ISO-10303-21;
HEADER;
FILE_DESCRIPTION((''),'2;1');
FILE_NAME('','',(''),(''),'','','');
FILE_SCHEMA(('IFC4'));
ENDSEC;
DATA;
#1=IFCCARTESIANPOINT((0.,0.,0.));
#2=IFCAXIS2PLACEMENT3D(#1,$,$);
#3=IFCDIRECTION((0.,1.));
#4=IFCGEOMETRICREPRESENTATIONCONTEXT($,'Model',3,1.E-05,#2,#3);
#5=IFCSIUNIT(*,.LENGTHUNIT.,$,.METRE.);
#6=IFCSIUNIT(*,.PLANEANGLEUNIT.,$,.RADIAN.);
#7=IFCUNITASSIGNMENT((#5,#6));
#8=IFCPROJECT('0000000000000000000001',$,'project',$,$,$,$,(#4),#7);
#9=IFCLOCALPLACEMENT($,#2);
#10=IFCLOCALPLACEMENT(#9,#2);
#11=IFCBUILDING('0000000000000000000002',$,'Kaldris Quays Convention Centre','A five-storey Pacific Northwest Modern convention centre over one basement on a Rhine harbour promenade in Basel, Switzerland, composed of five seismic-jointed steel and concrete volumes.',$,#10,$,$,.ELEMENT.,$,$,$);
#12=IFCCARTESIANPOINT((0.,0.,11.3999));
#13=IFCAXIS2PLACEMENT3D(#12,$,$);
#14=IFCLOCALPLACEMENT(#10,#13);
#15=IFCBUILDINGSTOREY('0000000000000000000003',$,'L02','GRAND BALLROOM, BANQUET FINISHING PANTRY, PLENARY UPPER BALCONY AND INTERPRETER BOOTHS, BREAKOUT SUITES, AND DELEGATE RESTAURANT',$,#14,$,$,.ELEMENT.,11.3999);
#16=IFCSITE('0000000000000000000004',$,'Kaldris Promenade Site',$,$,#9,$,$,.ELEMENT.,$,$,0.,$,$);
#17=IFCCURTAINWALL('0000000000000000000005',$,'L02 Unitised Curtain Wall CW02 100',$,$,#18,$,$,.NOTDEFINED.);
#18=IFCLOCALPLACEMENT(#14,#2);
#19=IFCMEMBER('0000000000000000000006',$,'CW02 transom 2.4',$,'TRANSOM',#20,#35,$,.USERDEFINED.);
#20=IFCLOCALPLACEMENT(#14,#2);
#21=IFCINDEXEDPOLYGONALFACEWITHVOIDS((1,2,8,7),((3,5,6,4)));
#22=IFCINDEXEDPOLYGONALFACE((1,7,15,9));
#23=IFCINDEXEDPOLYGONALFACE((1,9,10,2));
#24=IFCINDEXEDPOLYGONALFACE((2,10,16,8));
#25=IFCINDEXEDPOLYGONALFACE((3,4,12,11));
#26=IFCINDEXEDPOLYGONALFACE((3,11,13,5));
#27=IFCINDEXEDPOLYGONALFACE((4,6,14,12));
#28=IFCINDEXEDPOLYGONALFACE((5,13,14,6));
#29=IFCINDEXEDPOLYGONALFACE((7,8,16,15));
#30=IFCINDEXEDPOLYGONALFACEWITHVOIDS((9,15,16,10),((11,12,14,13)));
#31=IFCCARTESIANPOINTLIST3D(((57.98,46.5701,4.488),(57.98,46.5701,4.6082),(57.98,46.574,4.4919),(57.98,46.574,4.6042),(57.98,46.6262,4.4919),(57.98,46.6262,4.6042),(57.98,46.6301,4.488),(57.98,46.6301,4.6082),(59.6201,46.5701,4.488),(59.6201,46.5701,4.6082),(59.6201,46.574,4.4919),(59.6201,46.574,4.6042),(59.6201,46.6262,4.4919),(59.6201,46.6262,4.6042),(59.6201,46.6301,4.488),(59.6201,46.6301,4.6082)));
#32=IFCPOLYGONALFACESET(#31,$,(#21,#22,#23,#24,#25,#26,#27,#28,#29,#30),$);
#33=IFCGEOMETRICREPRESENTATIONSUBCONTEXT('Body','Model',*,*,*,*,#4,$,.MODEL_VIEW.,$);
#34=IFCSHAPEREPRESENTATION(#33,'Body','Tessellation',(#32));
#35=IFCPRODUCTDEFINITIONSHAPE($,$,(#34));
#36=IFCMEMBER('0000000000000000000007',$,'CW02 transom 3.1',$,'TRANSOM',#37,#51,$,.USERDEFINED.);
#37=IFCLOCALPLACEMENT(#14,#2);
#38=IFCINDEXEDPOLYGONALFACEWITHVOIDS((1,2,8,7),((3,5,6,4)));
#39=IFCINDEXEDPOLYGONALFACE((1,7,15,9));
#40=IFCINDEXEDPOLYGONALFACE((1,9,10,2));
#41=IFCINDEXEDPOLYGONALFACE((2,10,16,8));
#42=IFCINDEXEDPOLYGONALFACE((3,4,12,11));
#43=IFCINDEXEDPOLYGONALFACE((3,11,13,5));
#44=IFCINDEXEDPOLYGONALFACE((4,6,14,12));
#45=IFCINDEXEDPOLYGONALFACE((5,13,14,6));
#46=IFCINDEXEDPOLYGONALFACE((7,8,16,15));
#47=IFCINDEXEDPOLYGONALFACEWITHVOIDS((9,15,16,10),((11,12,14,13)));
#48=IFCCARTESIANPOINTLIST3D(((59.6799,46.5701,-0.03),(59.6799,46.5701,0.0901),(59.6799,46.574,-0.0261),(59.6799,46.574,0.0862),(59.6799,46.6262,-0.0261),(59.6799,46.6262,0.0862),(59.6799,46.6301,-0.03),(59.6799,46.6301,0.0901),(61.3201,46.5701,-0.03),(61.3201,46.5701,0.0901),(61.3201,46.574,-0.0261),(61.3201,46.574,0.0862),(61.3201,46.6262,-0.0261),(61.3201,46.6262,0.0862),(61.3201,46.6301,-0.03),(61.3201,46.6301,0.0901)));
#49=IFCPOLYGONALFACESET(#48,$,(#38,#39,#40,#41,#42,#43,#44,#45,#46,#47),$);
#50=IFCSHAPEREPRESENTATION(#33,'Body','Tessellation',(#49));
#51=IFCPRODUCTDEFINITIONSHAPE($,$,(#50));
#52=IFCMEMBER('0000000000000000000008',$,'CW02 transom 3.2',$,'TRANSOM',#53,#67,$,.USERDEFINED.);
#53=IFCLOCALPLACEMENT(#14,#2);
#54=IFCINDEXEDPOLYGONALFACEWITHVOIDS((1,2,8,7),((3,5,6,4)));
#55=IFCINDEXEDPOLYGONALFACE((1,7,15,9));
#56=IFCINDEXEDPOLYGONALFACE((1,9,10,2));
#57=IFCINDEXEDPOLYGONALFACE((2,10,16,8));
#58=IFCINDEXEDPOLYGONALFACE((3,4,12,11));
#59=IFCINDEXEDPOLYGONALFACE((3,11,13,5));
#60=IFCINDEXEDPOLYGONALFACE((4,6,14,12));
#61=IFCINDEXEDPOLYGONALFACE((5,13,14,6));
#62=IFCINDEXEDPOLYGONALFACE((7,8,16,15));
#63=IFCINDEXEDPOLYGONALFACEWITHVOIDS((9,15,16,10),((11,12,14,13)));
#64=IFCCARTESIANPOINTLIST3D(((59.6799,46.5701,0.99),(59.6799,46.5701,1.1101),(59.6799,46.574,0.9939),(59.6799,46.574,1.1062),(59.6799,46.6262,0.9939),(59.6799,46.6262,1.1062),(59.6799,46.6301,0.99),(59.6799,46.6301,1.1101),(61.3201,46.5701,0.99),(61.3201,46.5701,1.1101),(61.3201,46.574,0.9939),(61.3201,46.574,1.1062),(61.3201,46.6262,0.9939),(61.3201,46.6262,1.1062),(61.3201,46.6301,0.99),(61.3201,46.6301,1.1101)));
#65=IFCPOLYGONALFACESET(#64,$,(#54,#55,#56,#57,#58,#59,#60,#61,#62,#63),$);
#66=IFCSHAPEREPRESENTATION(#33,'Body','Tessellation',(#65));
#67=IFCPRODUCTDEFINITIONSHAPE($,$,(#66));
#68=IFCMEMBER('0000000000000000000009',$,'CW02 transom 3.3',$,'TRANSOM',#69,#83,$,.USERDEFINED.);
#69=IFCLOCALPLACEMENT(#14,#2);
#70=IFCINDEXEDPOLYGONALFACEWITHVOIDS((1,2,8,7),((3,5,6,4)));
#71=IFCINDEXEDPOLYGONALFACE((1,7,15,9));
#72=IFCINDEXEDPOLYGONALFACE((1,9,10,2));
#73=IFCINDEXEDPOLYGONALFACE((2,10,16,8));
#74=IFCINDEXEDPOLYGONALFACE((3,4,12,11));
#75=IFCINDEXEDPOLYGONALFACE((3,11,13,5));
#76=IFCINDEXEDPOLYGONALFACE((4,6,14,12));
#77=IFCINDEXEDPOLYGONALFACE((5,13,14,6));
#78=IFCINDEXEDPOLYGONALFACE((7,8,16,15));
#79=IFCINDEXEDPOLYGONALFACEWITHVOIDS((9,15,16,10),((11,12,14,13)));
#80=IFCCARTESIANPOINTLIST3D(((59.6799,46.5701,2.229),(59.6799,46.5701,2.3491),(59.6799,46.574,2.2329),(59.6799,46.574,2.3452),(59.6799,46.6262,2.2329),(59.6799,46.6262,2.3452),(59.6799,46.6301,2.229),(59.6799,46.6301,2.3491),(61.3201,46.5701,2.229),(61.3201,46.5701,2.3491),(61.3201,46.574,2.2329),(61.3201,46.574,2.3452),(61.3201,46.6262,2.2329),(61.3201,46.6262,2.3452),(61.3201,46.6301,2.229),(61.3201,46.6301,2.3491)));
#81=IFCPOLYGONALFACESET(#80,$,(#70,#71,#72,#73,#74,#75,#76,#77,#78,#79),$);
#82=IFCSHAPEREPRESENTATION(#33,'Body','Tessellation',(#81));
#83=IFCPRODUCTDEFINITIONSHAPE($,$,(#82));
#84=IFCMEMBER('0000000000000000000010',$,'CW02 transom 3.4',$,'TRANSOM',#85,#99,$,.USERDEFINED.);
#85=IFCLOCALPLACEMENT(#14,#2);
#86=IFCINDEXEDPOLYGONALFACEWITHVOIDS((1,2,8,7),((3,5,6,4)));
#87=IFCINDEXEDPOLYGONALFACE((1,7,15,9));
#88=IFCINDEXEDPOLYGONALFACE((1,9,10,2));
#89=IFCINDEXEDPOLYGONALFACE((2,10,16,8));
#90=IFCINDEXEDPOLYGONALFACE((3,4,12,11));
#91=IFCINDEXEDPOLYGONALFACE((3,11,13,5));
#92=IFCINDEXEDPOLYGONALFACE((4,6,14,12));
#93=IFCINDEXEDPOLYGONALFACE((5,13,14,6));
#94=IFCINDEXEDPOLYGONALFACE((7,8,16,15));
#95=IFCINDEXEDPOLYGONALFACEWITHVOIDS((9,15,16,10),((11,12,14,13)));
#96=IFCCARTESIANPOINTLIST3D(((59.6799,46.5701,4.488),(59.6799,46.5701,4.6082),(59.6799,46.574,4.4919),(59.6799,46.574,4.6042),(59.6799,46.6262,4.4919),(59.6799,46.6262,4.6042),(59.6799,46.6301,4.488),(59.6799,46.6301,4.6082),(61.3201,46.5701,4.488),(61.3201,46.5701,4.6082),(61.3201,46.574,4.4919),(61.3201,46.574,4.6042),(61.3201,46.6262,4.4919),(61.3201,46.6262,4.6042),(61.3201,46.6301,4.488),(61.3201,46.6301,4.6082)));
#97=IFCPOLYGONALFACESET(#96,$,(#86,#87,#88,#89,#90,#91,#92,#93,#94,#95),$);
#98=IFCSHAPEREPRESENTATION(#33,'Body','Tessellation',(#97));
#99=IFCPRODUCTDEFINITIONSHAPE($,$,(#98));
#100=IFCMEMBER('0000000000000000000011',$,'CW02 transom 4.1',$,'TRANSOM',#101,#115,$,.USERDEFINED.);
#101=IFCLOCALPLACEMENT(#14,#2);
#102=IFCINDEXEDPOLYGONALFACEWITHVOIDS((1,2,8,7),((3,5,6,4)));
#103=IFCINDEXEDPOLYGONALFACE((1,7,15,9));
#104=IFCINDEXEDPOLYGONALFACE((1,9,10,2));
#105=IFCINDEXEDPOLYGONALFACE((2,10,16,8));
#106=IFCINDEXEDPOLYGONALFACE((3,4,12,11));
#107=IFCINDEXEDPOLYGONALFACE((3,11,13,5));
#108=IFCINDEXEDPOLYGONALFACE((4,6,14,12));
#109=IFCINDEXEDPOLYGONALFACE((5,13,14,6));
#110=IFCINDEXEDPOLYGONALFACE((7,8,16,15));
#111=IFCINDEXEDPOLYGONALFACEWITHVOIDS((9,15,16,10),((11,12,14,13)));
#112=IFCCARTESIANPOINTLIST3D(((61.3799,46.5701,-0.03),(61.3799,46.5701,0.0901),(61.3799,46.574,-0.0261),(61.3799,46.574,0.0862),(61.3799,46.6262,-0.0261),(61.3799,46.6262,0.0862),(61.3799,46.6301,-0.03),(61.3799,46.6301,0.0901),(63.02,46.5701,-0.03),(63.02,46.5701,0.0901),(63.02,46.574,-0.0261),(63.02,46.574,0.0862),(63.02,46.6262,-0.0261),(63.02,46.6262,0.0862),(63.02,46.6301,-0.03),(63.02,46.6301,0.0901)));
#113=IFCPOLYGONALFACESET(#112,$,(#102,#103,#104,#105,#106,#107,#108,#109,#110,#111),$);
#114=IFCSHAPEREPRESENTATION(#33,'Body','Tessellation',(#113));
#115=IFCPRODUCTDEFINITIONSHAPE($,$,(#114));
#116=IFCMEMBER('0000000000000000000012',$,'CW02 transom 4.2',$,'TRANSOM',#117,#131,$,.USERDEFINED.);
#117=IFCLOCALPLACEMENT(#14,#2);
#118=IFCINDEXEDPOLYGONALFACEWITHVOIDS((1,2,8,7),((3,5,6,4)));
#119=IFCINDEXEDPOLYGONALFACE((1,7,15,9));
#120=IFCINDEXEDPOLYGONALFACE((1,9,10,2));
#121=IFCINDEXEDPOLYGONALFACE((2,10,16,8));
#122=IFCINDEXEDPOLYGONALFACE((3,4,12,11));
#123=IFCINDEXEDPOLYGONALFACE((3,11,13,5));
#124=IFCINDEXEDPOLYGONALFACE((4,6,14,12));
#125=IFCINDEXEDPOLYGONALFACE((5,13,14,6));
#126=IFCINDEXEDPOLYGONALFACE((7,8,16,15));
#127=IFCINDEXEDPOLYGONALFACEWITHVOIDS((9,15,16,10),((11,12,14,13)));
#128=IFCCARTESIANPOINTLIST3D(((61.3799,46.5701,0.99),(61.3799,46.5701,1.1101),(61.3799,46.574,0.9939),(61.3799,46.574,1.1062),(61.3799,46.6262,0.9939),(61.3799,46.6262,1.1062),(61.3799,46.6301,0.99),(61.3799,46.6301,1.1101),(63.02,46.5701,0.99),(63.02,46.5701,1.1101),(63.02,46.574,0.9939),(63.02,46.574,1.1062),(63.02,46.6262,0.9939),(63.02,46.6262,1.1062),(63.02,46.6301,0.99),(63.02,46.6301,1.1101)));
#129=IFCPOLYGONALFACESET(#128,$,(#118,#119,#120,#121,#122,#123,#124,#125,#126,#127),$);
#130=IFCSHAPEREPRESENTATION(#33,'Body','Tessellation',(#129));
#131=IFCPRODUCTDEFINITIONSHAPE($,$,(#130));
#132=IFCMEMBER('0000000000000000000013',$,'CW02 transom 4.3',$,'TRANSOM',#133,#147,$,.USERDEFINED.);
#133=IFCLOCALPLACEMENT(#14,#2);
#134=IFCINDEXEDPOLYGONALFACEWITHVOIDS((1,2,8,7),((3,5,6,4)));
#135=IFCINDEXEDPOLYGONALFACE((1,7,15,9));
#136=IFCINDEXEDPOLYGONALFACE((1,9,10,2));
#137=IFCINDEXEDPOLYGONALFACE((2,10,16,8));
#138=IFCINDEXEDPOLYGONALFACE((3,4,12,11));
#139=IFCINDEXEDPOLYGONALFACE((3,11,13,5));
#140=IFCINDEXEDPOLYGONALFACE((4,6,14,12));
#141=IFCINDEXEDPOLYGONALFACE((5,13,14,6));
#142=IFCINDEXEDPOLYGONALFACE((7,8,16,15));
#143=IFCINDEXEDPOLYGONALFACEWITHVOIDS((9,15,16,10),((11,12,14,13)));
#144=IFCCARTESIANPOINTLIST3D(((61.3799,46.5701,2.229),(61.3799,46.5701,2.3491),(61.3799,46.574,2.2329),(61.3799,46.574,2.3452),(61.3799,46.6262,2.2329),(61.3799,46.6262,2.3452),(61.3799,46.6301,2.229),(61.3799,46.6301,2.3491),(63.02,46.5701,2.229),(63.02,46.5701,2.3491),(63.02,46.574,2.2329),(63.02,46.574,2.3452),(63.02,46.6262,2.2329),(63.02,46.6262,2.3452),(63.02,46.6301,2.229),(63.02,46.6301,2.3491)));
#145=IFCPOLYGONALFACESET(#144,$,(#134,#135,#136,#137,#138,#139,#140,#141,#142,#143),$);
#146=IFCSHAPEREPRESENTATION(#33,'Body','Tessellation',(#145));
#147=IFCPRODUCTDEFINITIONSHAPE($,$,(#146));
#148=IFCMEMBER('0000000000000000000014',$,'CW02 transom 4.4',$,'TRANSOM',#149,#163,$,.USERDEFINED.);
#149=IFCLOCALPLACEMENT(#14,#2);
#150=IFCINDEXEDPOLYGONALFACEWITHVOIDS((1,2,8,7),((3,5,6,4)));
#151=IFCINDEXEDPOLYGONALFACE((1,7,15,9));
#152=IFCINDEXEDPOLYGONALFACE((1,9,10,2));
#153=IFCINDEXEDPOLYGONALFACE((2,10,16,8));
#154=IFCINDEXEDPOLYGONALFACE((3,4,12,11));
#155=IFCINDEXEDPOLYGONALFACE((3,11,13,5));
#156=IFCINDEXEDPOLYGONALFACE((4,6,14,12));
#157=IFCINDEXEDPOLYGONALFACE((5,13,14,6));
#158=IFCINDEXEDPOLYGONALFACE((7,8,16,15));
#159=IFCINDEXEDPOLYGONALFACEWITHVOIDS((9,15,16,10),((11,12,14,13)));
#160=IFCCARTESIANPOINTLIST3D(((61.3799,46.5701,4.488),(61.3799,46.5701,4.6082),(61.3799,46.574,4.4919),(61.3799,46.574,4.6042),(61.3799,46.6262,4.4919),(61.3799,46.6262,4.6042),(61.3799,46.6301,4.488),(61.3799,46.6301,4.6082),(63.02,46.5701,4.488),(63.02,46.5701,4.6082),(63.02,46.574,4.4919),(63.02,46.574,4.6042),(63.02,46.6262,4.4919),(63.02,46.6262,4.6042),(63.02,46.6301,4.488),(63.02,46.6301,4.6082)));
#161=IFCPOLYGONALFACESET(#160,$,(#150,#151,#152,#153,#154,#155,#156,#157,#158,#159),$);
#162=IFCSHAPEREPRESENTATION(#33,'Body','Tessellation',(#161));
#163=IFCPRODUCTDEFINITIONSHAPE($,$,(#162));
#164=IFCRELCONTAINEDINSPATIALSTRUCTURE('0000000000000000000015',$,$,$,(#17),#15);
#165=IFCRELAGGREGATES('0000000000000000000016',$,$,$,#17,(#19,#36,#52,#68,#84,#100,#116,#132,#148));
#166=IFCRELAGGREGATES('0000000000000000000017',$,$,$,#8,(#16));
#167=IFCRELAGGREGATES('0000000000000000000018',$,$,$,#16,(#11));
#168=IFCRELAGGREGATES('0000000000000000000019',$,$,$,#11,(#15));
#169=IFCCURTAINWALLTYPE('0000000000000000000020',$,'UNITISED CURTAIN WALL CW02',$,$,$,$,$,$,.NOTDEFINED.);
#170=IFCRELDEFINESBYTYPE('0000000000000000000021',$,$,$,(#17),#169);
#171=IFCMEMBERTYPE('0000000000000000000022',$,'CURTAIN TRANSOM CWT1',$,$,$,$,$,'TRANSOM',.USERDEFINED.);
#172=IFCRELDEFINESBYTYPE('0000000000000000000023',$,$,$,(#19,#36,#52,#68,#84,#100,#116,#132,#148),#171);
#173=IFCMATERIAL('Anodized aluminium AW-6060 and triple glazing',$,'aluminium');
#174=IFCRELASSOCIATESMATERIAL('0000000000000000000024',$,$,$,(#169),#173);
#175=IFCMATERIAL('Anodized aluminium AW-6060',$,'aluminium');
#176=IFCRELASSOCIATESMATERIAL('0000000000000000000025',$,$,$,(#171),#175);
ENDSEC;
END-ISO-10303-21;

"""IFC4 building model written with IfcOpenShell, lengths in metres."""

from ifc_helpers import new_model, si_unit, direction, frame, origin, origin_2d, place, context, subcontext, project, spatial, hollow_rectangle, extrude, material, material_profile, profile_set, type_object, element, aggregate, save


model = new_model("IFC4")

# Units and contexts
model_context = context("Model", 3, precision=1e-05, world=origin(), true_north=direction((0.0, 1.0)))
body_context = subcontext(model_context, "Body", "Model", "MODEL_VIEW")
ifc_project = project(units=[si_unit("LENGTHUNIT", "METRE"), si_unit("PLANEANGLEUNIT", "RADIAN")], contexts=[model_context])

# Site, building, storey
site_placement = place(None, origin())
site = spatial("IfcSite", under=ifc_project, at=site_placement, Name="Kaldris Promenade Site", CompositionType="ELEMENT", RefElevation=0.0)
building_placement = place(site_placement, origin())
building = spatial("IfcBuilding", under=site, at=building_placement, Name="Kaldris Quays Convention Centre", Description="A five-storey Pacific Northwest Modern convention centre over one basement on a Rhine harbour promenade in Basel, Switzerland, composed of five seismic-jointed steel and concrete volumes.", CompositionType="ELEMENT")
storey_placement = place(building_placement, frame((0.0, 0.0, 11.3999)))
storey = spatial("IfcBuildingStorey", under=building, at=storey_placement, Name="L02", Description="GRAND BALLROOM, BANQUET FINISHING PANTRY, PLENARY UPPER BALCONY AND INTERPRETER BOOTHS, BREAKOUT SUITES, AND DELEGATE RESTAURANT", CompositionType="ELEMENT", Elevation=11.3999)

# Curtain wall, members
ifc_material_1 = material(Name="Anodized aluminium AW-6060 and triple glazing", Category="aluminium")
curtain_wall_type = type_object("IfcCurtainWallType", Name="UNITISED CURTAIN WALL CW02", PredefinedType="NOTDEFINED", material=ifc_material_1)
curtain_wall_placement = place(storey_placement, origin())
curtain_wall = element("IfcCurtainWall", 1, at=curtain_wall_placement, inside=storey, type_object=curtain_wall_type, Name="L02 Unitised Curtain Wall CW02 100", PredefinedType="NOTDEFINED")
ifc_material_2 = material(Name="Anodized aluminium AW-6060", Category="aluminium")
ifc_material_profile_1 = material_profile(ifc_material_2, hollow_rectangle(XDim=0.0601, YDim=0.1201, WallThickness=0.0039, at=origin_2d()), Name="RHS 120x60x4")
ifc_profile_set_1 = profile_set([ifc_material_profile_1], Name="Anodized aluminium AW-6060")
member_type_1 = type_object("IfcMemberType", Name="CURTAIN TRANSOM CWT1", ElementType="TRANSOM", PredefinedType="USERDEFINED", material=ifc_profile_set_1)
member_1_placement = place(storey_placement, frame((57.98, 46.6001, 4.5481), z_axis=(1.0, 0.0, 0.0), x_axis=(0.0, 1.0, 0.0)))
member_1 = element("IfcMember", 2, at=member_1_placement, type_object=member_type_1, Name="CW02 transom 2.4", ObjectType="TRANSOM", PredefinedType="USERDEFINED", context=body_context, shape_type="SweptSolid", body=[
    extrude(hollow_rectangle(XDim=0.0601, YDim=0.1201, WallThickness=0.0039, at=origin_2d()), origin(), (0.0, 0.0, 1.0), 1.6401),
])
member_2_placement = place(storey_placement, frame((59.6799, 46.6001, 0.03), z_axis=(1.0, 0.0, 0.0), x_axis=(0.0, 1.0, 0.0)))
member_2 = element("IfcMember", 3, at=member_2_placement, type_object=member_type_1, Name="CW02 transom 3.1", ObjectType="TRANSOM", PredefinedType="USERDEFINED", context=body_context, shape_type="SweptSolid", body=[
    extrude(hollow_rectangle(XDim=0.0601, YDim=0.1201, WallThickness=0.0039, at=origin_2d()), origin(), (0.0, 0.0, 1.0), 1.6401),
])
member_3_placement = place(storey_placement, frame((59.6799, 46.6001, 1.05), z_axis=(1.0, 0.0, 0.0), x_axis=(0.0, 1.0, 0.0)))
member_3 = element("IfcMember", 4, at=member_3_placement, type_object=member_type_1, Name="CW02 transom 3.2", ObjectType="TRANSOM", PredefinedType="USERDEFINED", context=body_context, shape_type="SweptSolid", body=[
    extrude(hollow_rectangle(XDim=0.0601, YDim=0.1201, WallThickness=0.0039, at=origin_2d()), origin(), (0.0, 0.0, 1.0), 1.6401),
])
member_4_placement = place(storey_placement, frame((59.6799, 46.6001, 2.2891), z_axis=(1.0, 0.0, 0.0), x_axis=(0.0, 1.0, 0.0)))
member_4 = element("IfcMember", 5, at=member_4_placement, type_object=member_type_1, Name="CW02 transom 3.3", ObjectType="TRANSOM", PredefinedType="USERDEFINED", context=body_context, shape_type="SweptSolid", body=[
    extrude(hollow_rectangle(XDim=0.0601, YDim=0.1201, WallThickness=0.0039, at=origin_2d()), origin(), (0.0, 0.0, 1.0), 1.6401),
])
member_5_placement = place(storey_placement, frame((59.6799, 46.6001, 4.5481), z_axis=(1.0, 0.0, 0.0), x_axis=(0.0, 1.0, 0.0)))
member_5 = element("IfcMember", 6, at=member_5_placement, type_object=member_type_1, Name="CW02 transom 3.4", ObjectType="TRANSOM", PredefinedType="USERDEFINED", context=body_context, shape_type="SweptSolid", body=[
    extrude(hollow_rectangle(XDim=0.0601, YDim=0.1201, WallThickness=0.0039, at=origin_2d()), origin(), (0.0, 0.0, 1.0), 1.6401),
])
member_6_placement = place(storey_placement, frame((61.3799, 46.6001, 0.03), z_axis=(1.0, 0.0, 0.0), x_axis=(0.0, 1.0, 0.0)))
member_6 = element("IfcMember", 7, at=member_6_placement, type_object=member_type_1, Name="CW02 transom 4.1", ObjectType="TRANSOM", PredefinedType="USERDEFINED", context=body_context, shape_type="SweptSolid", body=[
    extrude(hollow_rectangle(XDim=0.0601, YDim=0.1201, WallThickness=0.0039, at=origin_2d()), origin(), (0.0, 0.0, 1.0), 1.6401),
])
member_7_placement = place(storey_placement, frame((61.3799, 46.6001, 1.05), z_axis=(1.0, 0.0, 0.0), x_axis=(0.0, 1.0, 0.0)))
member_7 = element("IfcMember", 8, at=member_7_placement, type_object=member_type_1, Name="CW02 transom 4.2", ObjectType="TRANSOM", PredefinedType="USERDEFINED", context=body_context, shape_type="SweptSolid", body=[
    extrude(hollow_rectangle(XDim=0.0601, YDim=0.1201, WallThickness=0.0039, at=origin_2d()), origin(), (0.0, 0.0, 1.0), 1.6401),
])
member_8_placement = place(storey_placement, frame((61.3799, 46.6001, 2.2891), z_axis=(1.0, 0.0, 0.0), x_axis=(0.0, 1.0, 0.0)))
member_8 = element("IfcMember", 9, at=member_8_placement, type_object=member_type_1, Name="CW02 transom 4.3", ObjectType="TRANSOM", PredefinedType="USERDEFINED", context=body_context, shape_type="SweptSolid", body=[
    extrude(hollow_rectangle(XDim=0.0601, YDim=0.1201, WallThickness=0.0039, at=origin_2d()), origin(), (0.0, 0.0, 1.0), 1.6401),
])
member_9_placement = place(storey_placement, frame((61.3799, 46.6001, 4.5481), z_axis=(1.0, 0.0, 0.0), x_axis=(0.0, 1.0, 0.0)))
member_9 = element("IfcMember", 10, at=member_9_placement, type_object=member_type_1, Name="CW02 transom 4.4", ObjectType="TRANSOM", PredefinedType="USERDEFINED", context=body_context, shape_type="SweptSolid", body=[
    extrude(hollow_rectangle(XDim=0.0601, YDim=0.1201, WallThickness=0.0039, at=origin_2d()), origin(), (0.0, 0.0, 1.0), 1.6401),
])

aggregate(curtain_wall, [member_1, member_2, member_3, member_4, member_5, member_6, member_7, member_8, member_9])

save(model, "model.ifc")
